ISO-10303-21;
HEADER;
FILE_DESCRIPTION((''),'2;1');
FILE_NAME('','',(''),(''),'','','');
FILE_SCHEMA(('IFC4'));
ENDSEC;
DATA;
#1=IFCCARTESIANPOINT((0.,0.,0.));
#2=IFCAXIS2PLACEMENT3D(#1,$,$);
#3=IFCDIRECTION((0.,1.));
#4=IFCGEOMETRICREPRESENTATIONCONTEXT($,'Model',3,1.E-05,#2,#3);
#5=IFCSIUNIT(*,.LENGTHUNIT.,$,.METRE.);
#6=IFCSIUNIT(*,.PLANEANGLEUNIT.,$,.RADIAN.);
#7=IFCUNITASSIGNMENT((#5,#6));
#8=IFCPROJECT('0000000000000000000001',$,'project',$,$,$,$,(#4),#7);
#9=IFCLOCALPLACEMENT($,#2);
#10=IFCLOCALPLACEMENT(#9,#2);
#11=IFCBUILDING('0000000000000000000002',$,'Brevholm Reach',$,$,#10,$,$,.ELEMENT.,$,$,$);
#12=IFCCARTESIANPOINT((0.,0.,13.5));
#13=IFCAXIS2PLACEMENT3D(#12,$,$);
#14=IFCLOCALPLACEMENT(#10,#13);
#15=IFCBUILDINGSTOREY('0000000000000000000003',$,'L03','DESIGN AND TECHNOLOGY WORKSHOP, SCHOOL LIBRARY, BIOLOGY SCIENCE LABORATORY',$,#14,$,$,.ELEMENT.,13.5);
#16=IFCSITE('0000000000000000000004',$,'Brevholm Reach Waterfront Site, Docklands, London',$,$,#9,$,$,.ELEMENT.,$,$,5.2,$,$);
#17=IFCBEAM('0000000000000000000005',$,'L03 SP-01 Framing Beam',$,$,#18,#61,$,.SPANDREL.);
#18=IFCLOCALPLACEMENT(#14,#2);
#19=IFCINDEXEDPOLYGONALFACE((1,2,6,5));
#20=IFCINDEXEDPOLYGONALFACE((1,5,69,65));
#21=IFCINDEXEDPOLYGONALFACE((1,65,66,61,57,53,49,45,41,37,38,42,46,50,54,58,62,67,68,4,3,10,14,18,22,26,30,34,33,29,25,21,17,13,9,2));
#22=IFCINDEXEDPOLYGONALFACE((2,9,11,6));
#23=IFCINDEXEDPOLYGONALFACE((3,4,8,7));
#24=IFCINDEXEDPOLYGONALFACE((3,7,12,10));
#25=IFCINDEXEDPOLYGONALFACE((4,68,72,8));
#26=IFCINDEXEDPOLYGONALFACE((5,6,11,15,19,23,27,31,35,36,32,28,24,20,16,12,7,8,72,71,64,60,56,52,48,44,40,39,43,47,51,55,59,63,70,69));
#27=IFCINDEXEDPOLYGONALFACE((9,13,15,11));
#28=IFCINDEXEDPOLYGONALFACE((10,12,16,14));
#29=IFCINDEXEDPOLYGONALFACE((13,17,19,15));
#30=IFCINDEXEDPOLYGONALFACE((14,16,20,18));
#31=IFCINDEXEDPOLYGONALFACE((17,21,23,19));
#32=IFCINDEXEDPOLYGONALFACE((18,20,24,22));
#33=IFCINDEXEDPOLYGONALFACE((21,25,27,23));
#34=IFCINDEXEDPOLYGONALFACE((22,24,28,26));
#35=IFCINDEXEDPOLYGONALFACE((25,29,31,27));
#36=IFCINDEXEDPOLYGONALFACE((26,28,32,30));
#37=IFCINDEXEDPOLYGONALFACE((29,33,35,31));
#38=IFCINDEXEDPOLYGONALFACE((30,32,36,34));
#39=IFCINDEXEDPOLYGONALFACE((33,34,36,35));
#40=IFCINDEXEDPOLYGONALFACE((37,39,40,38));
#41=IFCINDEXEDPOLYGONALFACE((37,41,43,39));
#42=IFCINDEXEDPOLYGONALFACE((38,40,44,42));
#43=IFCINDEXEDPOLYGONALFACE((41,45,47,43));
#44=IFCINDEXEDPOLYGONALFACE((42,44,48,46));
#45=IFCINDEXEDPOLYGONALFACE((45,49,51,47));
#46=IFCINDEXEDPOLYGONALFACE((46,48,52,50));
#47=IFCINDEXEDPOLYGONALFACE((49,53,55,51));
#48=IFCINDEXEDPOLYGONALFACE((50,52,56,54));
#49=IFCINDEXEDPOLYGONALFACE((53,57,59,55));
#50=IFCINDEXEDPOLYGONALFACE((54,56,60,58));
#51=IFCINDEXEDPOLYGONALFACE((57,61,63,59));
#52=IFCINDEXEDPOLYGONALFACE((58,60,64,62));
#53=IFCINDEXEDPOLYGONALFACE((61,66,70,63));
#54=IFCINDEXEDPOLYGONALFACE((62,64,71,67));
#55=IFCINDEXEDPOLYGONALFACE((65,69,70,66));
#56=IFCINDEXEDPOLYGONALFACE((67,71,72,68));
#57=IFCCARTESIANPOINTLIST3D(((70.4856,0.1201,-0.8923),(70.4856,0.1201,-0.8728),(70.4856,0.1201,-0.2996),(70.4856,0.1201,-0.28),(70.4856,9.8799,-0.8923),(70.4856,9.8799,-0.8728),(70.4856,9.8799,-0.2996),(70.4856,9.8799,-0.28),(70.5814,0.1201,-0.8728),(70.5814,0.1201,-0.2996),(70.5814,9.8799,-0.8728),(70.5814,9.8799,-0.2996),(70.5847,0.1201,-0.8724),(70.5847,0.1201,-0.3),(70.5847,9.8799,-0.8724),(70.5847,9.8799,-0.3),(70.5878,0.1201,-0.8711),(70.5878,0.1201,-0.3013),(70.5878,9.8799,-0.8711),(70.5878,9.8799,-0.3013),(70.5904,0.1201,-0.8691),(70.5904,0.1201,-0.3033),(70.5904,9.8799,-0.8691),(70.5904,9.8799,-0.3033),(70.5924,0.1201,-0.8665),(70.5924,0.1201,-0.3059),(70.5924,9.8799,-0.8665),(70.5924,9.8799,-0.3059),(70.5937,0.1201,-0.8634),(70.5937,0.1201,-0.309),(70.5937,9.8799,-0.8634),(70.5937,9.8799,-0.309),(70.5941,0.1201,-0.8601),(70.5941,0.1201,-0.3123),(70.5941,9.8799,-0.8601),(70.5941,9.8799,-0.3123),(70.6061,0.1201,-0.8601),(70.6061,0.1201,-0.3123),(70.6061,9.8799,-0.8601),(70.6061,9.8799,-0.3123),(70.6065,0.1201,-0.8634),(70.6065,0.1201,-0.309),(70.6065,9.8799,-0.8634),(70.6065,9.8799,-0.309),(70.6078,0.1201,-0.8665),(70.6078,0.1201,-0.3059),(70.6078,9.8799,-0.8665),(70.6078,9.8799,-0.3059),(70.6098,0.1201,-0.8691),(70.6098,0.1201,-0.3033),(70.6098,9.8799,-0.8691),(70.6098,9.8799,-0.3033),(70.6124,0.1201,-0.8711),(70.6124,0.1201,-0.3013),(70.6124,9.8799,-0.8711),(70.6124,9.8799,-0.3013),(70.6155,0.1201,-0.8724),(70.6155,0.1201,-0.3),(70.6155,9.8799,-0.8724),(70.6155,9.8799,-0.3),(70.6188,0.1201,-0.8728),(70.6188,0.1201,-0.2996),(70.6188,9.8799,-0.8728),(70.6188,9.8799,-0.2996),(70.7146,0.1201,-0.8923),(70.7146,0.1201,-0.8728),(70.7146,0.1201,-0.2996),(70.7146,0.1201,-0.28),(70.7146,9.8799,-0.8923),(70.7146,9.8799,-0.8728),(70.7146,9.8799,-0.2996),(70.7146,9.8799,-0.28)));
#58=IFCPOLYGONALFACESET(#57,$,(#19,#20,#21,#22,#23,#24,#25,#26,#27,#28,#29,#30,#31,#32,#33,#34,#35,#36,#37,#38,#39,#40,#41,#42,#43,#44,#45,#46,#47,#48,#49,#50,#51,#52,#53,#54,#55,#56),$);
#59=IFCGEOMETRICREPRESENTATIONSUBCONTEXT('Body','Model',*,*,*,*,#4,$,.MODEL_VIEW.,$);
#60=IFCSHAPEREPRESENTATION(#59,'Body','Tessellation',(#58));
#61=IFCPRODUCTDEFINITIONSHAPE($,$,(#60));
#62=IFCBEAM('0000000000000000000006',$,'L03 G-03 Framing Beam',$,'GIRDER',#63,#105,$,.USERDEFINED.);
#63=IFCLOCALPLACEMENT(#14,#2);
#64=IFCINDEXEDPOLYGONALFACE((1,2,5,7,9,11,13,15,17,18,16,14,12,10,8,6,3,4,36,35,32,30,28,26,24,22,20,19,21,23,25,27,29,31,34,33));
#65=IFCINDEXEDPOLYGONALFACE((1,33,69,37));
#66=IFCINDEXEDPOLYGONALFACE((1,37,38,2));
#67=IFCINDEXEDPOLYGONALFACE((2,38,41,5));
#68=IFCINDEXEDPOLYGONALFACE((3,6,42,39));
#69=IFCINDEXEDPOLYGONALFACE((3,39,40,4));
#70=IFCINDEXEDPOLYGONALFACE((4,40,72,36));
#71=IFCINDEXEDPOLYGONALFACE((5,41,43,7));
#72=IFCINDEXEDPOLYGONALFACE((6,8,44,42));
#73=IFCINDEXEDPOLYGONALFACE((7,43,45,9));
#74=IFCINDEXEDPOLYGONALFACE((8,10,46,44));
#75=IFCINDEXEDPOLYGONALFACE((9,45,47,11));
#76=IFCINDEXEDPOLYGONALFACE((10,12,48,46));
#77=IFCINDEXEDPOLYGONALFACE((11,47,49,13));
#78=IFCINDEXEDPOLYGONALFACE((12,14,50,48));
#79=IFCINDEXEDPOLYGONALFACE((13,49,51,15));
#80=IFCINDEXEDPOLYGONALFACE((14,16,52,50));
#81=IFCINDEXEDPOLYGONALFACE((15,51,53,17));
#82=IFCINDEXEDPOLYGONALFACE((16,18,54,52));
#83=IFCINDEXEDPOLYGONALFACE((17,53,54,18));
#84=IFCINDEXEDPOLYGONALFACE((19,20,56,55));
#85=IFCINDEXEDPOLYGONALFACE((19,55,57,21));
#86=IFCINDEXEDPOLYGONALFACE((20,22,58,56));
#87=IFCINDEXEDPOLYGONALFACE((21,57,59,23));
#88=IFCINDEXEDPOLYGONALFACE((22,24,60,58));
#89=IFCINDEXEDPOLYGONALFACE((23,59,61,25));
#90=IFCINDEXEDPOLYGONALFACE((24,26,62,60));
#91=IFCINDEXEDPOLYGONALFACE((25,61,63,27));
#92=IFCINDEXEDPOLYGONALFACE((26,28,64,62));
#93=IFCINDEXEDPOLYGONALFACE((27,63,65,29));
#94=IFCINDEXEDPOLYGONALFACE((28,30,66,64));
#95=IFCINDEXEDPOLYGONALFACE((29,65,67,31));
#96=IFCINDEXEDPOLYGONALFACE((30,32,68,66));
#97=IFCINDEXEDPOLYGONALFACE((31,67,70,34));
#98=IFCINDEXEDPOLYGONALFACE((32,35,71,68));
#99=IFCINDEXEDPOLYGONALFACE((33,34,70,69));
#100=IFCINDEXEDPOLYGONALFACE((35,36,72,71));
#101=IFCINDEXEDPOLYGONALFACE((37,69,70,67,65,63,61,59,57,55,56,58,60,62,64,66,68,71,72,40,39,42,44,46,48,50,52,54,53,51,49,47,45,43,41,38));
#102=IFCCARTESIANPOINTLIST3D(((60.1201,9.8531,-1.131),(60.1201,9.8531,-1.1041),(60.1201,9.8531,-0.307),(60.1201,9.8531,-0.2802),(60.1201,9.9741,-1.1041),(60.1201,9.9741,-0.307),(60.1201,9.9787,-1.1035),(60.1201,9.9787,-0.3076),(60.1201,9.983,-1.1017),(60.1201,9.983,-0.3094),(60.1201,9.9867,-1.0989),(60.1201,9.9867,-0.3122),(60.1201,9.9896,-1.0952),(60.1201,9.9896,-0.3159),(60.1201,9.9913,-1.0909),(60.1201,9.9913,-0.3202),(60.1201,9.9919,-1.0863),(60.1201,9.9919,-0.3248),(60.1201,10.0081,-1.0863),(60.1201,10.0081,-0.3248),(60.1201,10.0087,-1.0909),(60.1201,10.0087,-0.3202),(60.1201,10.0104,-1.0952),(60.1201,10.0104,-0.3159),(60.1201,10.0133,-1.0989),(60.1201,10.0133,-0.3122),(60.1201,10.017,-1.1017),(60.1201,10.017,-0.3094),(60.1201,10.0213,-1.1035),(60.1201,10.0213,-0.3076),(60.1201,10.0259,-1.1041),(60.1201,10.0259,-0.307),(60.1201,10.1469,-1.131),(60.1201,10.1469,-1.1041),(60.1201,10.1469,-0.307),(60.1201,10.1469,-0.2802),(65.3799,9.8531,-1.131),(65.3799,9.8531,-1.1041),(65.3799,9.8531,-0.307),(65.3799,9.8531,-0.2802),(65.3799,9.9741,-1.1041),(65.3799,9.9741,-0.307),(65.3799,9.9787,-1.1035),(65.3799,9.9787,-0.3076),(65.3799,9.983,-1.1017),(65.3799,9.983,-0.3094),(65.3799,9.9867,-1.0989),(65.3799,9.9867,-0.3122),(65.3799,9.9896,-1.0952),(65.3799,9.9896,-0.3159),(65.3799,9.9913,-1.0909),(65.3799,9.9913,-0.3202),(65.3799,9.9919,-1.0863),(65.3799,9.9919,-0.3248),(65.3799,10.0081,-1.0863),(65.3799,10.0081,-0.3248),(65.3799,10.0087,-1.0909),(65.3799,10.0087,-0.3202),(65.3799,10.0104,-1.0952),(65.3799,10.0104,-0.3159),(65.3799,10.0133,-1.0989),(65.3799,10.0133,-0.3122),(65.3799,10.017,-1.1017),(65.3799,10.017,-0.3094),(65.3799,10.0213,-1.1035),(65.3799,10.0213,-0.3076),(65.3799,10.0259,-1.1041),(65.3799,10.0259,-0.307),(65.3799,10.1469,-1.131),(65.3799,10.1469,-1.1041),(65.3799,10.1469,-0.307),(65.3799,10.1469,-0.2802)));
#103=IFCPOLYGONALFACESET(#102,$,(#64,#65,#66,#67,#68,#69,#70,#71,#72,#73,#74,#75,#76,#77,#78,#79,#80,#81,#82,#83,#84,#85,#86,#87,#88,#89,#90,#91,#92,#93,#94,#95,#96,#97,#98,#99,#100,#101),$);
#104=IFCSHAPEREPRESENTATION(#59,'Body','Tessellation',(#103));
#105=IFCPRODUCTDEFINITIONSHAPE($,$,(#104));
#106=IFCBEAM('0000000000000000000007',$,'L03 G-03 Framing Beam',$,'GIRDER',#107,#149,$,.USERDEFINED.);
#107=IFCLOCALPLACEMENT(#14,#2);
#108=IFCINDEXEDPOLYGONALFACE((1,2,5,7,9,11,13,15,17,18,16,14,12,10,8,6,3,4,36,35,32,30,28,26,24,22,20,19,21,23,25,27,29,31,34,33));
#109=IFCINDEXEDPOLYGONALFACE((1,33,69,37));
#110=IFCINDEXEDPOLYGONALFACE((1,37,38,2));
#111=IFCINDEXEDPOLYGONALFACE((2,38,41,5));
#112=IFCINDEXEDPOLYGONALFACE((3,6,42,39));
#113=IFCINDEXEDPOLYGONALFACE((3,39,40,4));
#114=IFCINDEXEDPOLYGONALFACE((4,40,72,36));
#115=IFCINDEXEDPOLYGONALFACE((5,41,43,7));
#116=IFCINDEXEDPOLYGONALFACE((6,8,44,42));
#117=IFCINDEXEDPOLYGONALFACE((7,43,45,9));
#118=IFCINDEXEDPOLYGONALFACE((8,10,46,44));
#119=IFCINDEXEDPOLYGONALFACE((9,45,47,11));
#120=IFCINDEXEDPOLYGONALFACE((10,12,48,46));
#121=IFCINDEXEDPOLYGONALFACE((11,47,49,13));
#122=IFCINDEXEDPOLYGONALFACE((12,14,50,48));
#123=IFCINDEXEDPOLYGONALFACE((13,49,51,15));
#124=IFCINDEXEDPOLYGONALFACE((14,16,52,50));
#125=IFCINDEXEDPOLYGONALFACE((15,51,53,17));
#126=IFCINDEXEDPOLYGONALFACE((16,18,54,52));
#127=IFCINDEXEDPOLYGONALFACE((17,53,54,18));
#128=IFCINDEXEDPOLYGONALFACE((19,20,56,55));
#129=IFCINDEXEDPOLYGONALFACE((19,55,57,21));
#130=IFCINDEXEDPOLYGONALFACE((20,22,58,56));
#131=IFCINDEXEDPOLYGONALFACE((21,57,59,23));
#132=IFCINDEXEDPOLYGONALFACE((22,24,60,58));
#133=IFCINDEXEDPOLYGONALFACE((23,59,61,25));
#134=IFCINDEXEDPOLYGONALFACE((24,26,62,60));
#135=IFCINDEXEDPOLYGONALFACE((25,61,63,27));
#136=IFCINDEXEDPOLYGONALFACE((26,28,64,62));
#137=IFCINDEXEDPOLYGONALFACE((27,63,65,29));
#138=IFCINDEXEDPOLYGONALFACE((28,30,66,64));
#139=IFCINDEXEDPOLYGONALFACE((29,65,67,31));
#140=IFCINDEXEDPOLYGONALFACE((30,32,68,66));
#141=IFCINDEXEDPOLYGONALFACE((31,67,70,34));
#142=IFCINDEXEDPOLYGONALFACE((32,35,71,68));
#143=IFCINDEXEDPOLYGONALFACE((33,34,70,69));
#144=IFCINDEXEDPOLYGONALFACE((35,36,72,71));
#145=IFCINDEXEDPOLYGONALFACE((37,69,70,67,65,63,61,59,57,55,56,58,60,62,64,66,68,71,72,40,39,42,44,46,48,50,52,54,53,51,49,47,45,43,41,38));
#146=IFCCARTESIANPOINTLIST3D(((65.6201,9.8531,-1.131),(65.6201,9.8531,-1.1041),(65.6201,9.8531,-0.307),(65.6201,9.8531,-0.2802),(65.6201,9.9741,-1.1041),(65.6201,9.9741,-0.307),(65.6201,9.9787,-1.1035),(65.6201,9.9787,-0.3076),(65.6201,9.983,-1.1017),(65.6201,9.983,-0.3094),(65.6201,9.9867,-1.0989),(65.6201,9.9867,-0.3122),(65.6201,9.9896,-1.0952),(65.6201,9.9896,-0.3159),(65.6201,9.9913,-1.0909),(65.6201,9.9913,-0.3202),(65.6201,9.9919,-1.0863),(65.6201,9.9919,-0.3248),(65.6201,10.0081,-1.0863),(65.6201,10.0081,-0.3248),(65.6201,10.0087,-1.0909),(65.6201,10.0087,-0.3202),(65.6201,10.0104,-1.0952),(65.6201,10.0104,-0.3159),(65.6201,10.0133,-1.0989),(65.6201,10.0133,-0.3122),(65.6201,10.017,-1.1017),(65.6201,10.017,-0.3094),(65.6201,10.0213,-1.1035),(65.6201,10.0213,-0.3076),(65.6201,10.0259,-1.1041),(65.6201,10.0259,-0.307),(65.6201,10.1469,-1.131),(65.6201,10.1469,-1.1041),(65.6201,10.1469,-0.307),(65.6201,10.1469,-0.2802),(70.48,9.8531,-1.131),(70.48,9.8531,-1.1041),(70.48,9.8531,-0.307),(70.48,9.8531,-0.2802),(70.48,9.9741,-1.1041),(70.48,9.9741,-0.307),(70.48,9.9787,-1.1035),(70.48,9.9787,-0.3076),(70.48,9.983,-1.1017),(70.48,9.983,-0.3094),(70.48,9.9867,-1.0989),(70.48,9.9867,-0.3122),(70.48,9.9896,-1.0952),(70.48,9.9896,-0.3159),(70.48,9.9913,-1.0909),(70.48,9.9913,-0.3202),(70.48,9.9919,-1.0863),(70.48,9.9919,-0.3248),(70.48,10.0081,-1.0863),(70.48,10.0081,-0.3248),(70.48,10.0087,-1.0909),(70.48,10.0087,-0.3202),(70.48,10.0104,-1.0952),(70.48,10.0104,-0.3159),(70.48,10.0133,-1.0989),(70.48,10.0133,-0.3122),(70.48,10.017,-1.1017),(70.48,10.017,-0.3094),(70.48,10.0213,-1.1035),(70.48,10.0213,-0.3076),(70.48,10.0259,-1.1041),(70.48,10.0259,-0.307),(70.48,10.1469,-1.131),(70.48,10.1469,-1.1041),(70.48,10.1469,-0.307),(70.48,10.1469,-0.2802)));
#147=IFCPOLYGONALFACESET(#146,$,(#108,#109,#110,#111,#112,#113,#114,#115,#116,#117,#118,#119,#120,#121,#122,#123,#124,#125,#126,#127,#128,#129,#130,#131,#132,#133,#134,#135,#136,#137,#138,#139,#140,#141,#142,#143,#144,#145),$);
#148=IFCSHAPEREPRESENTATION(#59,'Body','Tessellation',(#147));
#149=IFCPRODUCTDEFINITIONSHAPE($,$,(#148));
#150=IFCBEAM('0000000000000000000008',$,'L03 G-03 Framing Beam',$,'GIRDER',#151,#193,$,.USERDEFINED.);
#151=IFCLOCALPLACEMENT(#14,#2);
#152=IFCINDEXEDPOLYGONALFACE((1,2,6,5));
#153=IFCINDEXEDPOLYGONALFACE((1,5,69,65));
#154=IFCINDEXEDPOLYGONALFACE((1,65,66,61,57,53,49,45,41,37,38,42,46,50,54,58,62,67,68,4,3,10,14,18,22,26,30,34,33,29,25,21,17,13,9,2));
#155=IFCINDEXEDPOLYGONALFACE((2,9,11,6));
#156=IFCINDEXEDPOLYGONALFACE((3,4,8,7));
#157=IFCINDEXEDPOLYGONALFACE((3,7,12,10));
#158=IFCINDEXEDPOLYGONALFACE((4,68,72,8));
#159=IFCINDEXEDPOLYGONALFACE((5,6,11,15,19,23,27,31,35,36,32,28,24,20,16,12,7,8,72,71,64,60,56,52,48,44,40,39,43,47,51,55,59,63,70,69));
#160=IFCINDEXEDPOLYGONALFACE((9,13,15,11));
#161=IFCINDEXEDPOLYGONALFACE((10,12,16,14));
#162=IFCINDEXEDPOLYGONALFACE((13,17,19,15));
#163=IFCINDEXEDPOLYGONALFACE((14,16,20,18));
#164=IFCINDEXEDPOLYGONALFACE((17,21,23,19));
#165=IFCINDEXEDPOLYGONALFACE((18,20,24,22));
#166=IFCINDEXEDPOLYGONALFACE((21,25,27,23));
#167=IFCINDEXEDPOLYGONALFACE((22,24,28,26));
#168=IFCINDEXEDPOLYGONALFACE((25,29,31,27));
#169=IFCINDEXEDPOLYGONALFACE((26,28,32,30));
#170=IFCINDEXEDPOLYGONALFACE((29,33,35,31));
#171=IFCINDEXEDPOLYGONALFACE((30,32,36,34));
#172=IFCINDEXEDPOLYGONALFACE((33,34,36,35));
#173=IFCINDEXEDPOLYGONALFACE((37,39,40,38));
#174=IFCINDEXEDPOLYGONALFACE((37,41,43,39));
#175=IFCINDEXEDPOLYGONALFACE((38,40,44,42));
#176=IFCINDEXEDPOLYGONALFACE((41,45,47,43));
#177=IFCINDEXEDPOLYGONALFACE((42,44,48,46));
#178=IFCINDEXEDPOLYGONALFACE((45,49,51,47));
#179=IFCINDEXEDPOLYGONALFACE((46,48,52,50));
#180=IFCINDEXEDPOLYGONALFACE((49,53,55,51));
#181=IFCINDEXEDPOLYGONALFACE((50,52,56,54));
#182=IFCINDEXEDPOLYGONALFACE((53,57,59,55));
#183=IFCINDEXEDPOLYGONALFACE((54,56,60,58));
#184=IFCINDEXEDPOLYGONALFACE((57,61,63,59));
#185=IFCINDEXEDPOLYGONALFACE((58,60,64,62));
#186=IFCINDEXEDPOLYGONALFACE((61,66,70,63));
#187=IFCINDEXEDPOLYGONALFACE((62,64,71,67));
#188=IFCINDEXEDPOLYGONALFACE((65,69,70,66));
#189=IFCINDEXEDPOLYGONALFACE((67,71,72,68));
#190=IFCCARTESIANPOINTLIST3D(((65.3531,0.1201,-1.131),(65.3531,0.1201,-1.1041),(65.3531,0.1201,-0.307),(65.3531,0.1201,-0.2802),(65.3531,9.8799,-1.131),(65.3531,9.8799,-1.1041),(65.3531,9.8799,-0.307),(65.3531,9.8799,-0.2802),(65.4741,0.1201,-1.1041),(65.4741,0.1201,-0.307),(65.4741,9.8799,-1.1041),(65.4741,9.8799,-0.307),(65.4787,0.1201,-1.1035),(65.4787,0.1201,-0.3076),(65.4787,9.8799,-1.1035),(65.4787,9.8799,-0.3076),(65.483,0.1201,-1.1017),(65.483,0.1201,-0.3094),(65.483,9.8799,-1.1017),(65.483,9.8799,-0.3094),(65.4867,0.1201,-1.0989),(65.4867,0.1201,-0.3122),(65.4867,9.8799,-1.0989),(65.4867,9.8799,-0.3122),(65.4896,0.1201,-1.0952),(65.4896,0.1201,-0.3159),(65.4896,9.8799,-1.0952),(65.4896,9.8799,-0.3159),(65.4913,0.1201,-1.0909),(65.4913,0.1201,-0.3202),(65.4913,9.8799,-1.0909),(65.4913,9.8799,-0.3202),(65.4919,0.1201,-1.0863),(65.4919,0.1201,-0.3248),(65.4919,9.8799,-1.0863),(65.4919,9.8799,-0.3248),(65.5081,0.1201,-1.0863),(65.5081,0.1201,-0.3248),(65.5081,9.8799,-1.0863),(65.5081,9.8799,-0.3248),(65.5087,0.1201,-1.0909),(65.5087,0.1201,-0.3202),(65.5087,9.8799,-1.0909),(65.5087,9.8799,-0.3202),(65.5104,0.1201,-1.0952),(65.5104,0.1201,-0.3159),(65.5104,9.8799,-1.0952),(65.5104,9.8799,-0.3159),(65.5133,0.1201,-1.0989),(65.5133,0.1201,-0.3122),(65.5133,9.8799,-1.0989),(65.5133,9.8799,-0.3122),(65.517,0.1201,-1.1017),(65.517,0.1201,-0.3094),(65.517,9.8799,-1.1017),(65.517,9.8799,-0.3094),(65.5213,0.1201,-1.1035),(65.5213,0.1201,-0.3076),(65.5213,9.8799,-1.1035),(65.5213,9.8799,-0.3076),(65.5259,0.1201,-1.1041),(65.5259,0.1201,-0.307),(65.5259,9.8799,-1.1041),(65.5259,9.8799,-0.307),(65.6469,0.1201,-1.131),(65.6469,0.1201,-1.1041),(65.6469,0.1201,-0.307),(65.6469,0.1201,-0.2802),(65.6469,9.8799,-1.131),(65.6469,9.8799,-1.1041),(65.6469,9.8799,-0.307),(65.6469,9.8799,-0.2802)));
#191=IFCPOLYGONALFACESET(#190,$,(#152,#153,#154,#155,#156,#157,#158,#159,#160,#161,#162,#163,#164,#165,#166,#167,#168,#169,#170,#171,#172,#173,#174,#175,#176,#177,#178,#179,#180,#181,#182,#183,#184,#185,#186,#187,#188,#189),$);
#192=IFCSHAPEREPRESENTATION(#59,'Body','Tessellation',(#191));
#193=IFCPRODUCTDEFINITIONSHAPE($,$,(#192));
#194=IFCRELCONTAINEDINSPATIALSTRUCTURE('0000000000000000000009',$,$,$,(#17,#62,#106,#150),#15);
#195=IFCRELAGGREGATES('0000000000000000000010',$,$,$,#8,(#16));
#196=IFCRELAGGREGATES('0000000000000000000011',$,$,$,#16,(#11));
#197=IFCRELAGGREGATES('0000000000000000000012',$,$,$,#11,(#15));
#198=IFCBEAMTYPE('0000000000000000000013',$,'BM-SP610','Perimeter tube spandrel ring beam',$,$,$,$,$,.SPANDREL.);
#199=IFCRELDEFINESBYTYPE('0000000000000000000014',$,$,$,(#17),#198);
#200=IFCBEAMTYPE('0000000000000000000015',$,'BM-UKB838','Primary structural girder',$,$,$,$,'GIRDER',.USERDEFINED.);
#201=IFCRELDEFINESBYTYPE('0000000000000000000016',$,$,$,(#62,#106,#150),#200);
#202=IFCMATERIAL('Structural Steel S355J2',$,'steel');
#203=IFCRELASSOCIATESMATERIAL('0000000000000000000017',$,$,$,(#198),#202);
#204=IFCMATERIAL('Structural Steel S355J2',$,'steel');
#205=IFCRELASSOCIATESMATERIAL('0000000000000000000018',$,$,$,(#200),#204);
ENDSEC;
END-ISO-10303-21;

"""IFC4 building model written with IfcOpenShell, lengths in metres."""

from ifc_helpers import new_model, si_unit, direction, frame, origin, origin_2d, place, context, subcontext, project, spatial, i_section, extrude, material, material_profile, profile_set, type_object, element, save


model = new_model("IFC4")

# Units and contexts
model_context = context("Model", 3, precision=1e-05, world=origin(), true_north=direction((0.0, 1.0)))
body_context = subcontext(model_context, "Body", "Model", "MODEL_VIEW")
ifc_project = project(units=[si_unit("LENGTHUNIT", "METRE"), si_unit("PLANEANGLEUNIT", "RADIAN")], contexts=[model_context])

# Site, building, storey
site_placement = place(None, origin())
site = spatial("IfcSite", under=ifc_project, at=site_placement, Name="Brevholm Reach Waterfront Site, Docklands, London", CompositionType="ELEMENT", RefElevation=5.2)
building_placement = place(site_placement, origin())
building = spatial("IfcBuilding", under=site, at=building_placement, Name="Brevholm Reach", CompositionType="ELEMENT")
storey_placement = place(building_placement, frame((0.0, 0.0, 13.5)))
storey = spatial("IfcBuildingStorey", under=building, at=storey_placement, Name="L03", Description="DESIGN AND TECHNOLOGY WORKSHOP, SCHOOL LIBRARY, BIOLOGY SCIENCE LABORATORY", CompositionType="ELEMENT", Elevation=13.5)

# Beams
ifc_material_1 = material(Name="Structural Steel S355J2", Category="steel")
ifc_material_profile_1 = material_profile(ifc_material_1, i_section(OverallWidth=0.229, OverallDepth=0.6123, WebThickness=0.012, FlangeThickness=0.0195, FilletRadius=0.0127, at=origin_2d()), Name="UKB 610x229x125")
ifc_profile_set_1 = profile_set([ifc_material_profile_1], Name="Structural Steel S355J2")
beam_type_1 = type_object("IfcBeamType", Name="BM-SP610", Description="Perimeter tube spandrel ring beam", PredefinedType="SPANDREL", material=ifc_profile_set_1)
beam_1_placement = place(storey_placement, frame((70.6001, 0.1201, -0.5862), z_axis=(0.0, 1.0, 0.0), x_axis=(-1.0, 0.0, 0.0)))
element("IfcBeam", 1, at=beam_1_placement, inside=storey, type_object=beam_type_1, Name="L03 SP-01 Framing Beam", PredefinedType="SPANDREL", context=body_context, shape_type="SweptSolid", body=[
    extrude(i_section(OverallWidth=0.229, OverallDepth=0.6123, WebThickness=0.012, FlangeThickness=0.0195, FilletRadius=0.0127, at=origin_2d()), origin(), (0.0, 0.0, 1.0), 9.7598),
])
ifc_material_2 = material(Name="Structural Steel S355J2", Category="steel")
ifc_material_profile_2 = material_profile(ifc_material_2, i_section(OverallWidth=0.2937, OverallDepth=0.8508, WebThickness=0.0161, FlangeThickness=0.0269, FilletRadius=0.0178, at=origin_2d()), Name="UKB 838x292x226")
ifc_profile_set_2 = profile_set([ifc_material_profile_2], Name="Structural Steel S355J2")
beam_type_2 = type_object("IfcBeamType", Name="BM-UKB838", Description="Primary structural girder", ElementType="GIRDER", PredefinedType="USERDEFINED", material=ifc_profile_set_2)
beam_2_placement = place(storey_placement, frame((60.1201, 10.0, -0.7056), z_axis=(1.0, 0.0, 0.0), x_axis=(0.0, 1.0, 0.0)))
element("IfcBeam", 2, at=beam_2_placement, inside=storey, type_object=beam_type_2, Name="L03 G-03 Framing Beam", ObjectType="GIRDER", PredefinedType="USERDEFINED", context=body_context, shape_type="SweptSolid", body=[
    extrude(i_section(OverallWidth=0.2937, OverallDepth=0.8508, WebThickness=0.0161, FlangeThickness=0.0269, FilletRadius=0.0178, at=origin_2d()), origin(), (0.0, 0.0, 1.0), 5.2598),
])
beam_3_placement = place(storey_placement, frame((65.6201, 10.0, -0.7056), z_axis=(1.0, 0.0, 0.0), x_axis=(0.0, 1.0, 0.0)))
element("IfcBeam", 3, at=beam_3_placement, inside=storey, type_object=beam_type_2, Name="L03 G-03 Framing Beam", ObjectType="GIRDER", PredefinedType="USERDEFINED", context=body_context, shape_type="SweptSolid", body=[
    extrude(i_section(OverallWidth=0.2937, OverallDepth=0.8508, WebThickness=0.0161, FlangeThickness=0.0269, FilletRadius=0.0178, at=origin_2d()), origin(), (0.0, 0.0, 1.0), 4.8599),
])
beam_4_placement = place(storey_placement, frame((65.5, 0.1201, -0.7056), z_axis=(0.0, 1.0, 0.0), x_axis=(-1.0, 0.0, 0.0)))
element("IfcBeam", 4, at=beam_4_placement, inside=storey, type_object=beam_type_2, Name="L03 G-03 Framing Beam", ObjectType="GIRDER", PredefinedType="USERDEFINED", context=body_context, shape_type="SweptSolid", body=[
    extrude(i_section(OverallWidth=0.2937, OverallDepth=0.8508, WebThickness=0.0161, FlangeThickness=0.0269, FilletRadius=0.0178, at=origin_2d()), origin(), (0.0, 0.0, 1.0), 9.7598),
])

save(model, "model.ifc")
